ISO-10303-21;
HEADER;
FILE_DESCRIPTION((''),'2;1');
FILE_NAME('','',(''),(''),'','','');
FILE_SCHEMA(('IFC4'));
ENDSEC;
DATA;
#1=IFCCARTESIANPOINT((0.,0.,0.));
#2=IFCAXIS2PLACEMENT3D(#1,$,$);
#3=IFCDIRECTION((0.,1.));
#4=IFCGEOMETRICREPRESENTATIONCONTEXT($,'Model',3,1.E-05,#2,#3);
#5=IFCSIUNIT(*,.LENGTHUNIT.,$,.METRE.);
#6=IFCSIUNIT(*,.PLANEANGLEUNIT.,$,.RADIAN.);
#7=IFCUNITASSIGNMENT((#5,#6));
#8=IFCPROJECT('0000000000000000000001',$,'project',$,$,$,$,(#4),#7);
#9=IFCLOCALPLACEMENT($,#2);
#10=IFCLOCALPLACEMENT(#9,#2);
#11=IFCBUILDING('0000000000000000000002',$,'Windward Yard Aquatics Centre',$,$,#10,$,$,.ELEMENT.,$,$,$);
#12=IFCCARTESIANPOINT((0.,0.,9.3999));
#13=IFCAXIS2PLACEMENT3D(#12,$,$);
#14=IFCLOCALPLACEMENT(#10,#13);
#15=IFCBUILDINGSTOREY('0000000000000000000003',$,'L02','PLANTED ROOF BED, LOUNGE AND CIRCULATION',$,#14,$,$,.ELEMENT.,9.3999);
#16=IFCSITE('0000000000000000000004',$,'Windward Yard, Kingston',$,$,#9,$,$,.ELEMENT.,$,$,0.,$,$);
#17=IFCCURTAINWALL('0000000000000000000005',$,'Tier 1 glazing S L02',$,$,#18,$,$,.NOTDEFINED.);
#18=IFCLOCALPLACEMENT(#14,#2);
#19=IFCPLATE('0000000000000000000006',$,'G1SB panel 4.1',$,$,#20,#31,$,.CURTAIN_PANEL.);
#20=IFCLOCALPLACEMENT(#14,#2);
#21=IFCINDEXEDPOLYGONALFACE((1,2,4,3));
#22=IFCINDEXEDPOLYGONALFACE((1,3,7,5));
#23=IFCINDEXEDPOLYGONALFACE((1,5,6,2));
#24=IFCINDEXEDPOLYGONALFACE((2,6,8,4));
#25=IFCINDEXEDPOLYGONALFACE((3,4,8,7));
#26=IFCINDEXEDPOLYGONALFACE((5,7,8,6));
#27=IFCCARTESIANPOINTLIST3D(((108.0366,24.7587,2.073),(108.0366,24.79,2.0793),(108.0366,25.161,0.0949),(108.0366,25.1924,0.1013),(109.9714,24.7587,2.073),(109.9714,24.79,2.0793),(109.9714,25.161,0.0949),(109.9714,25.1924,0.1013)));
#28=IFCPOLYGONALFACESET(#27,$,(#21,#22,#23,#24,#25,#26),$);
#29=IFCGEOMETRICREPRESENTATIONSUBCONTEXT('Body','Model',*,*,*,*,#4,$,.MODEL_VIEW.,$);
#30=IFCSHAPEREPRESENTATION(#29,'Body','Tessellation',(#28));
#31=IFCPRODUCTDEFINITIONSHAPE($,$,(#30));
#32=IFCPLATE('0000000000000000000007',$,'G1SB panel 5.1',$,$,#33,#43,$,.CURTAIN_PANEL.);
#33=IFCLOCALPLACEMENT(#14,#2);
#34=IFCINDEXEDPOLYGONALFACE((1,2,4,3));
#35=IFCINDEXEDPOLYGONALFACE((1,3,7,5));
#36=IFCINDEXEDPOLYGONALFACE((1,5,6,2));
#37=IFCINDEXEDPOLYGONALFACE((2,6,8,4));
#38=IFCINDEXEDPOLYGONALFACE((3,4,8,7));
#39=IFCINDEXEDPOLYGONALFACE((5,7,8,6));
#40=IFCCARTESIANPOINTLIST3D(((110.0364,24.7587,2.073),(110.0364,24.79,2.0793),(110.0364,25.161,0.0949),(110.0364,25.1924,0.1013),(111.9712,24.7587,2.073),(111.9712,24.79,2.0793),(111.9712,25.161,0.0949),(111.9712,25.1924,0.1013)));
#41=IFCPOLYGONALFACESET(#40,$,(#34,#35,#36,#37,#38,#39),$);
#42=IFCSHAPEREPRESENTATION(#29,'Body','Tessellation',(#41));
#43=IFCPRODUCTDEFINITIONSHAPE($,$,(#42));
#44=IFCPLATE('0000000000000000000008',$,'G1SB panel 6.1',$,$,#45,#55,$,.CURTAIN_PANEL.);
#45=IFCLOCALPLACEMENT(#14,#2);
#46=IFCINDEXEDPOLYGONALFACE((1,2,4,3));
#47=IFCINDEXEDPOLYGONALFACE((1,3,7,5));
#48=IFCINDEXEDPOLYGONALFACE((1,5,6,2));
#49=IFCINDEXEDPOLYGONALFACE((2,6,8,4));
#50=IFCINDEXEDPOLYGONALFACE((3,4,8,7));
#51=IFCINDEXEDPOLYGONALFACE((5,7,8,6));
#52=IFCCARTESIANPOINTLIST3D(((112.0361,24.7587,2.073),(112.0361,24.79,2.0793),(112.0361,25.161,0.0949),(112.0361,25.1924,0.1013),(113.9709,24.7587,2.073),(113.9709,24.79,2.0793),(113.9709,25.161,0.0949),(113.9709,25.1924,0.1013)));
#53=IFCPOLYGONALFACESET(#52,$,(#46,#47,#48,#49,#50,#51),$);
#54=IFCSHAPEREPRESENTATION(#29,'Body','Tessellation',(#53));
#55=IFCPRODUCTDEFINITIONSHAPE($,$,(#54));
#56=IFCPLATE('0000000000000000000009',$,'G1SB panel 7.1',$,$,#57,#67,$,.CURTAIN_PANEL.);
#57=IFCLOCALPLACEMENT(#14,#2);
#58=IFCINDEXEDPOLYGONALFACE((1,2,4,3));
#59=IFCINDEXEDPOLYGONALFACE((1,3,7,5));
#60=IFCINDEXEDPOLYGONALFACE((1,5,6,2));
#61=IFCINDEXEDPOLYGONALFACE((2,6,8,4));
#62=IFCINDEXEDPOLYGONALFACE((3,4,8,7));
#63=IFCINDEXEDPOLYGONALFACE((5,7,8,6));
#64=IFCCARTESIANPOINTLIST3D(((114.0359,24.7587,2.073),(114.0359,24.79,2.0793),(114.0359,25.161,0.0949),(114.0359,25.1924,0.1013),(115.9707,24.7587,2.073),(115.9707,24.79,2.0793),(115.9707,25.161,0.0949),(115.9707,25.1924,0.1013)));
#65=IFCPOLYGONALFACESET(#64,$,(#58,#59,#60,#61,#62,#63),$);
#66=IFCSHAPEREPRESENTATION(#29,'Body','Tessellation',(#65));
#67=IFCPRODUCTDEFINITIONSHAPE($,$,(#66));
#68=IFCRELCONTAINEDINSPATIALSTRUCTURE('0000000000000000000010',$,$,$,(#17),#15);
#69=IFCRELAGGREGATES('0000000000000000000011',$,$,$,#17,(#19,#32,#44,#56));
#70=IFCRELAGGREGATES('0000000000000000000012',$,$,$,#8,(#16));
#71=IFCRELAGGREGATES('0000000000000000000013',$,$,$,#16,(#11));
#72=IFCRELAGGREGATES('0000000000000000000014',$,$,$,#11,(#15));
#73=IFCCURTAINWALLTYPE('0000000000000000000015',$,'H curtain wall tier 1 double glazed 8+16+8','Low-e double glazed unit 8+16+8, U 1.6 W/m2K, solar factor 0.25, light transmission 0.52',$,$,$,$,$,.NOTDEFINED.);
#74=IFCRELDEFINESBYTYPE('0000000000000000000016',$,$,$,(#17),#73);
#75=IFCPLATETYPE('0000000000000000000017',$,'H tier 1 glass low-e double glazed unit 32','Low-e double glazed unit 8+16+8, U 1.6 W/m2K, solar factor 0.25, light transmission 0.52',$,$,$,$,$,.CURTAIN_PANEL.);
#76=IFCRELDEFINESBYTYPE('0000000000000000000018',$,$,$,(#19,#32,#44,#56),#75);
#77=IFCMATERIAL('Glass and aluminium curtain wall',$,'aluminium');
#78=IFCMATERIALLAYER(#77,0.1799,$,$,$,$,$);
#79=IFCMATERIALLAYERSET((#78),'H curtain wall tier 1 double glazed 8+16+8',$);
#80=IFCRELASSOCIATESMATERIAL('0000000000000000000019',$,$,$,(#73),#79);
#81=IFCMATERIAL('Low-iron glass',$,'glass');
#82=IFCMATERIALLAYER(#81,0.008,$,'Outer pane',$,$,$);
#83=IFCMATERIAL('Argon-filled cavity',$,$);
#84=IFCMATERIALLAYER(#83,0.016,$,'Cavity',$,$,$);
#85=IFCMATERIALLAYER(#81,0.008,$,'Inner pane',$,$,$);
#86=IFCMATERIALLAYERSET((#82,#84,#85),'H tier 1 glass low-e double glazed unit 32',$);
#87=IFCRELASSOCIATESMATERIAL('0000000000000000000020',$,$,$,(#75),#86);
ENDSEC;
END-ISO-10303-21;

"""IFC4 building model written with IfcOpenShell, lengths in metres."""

from ifc_helpers import new_model, si_unit, direction, frame, origin, place, context, subcontext, project, spatial, polyline, outline, extrude, material, layer, layer_set, type_object, element, aggregate, save


model = new_model("IFC4")

# Units and contexts
model_context = context("Model", 3, precision=1e-05, world=origin(), true_north=direction((0.0, 1.0)))
body_context = subcontext(model_context, "Body", "Model", "MODEL_VIEW")
ifc_project = project(units=[si_unit("LENGTHUNIT", "METRE"), si_unit("PLANEANGLEUNIT", "RADIAN")], contexts=[model_context])

# Site, building, storey
site_placement = place(None, origin())
site = spatial("IfcSite", under=ifc_project, at=site_placement, Name="Windward Yard, Kingston", CompositionType="ELEMENT", RefElevation=0.0)
building_placement = place(site_placement, origin())
building = spatial("IfcBuilding", under=site, at=building_placement, Name="Windward Yard Aquatics Centre", CompositionType="ELEMENT")
storey_placement = place(building_placement, frame((0.0, 0.0, 9.3999)))
storey = spatial("IfcBuildingStorey", under=building, at=storey_placement, Name="L02", Description="PLANTED ROOF BED, LOUNGE AND CIRCULATION", CompositionType="ELEMENT", Elevation=9.3999)

# Curtain wall, plates
ifc_material_1 = material(Name="Glass and aluminium curtain wall", Category="aluminium")
ifc_layer_1 = layer(ifc_material_1, 0.1799)
ifc_layer_set_1 = layer_set([ifc_layer_1], Name="H curtain wall tier 1 double glazed 8+16+8")
curtain_wall_type = type_object("IfcCurtainWallType", Name="H curtain wall tier 1 double glazed 8+16+8", Description="Low-e double glazed unit 8+16+8, U 1.6 W/m2K, solar factor 0.25, light transmission 0.52", PredefinedType="NOTDEFINED", material=ifc_layer_set_1)
curtain_wall_placement = place(storey_placement, origin())
curtain_wall = element("IfcCurtainWall", 1, at=curtain_wall_placement, inside=storey, type_object=curtain_wall_type, Name="Tier 1 glazing S L02", PredefinedType="NOTDEFINED")
ifc_material_2 = material(Name="Low-iron glass", Category="glass")
ifc_layer_2 = layer(ifc_material_2, 0.008, Name="Outer pane")
ifc_material_3 = material(Name="Argon-filled cavity")
ifc_layer_3 = layer(ifc_material_3, 0.016, Name="Cavity")
ifc_layer_4 = layer(ifc_material_2, 0.008, Name="Inner pane")
ifc_layer_set_2 = layer_set([ifc_layer_2, ifc_layer_3, ifc_layer_4], Name="H tier 1 glass low-e double glazed unit 32")
plate_type = type_object("IfcPlateType", Name="H tier 1 glass low-e double glazed unit 32", Description="Low-e double glazed unit 8+16+8, U 1.6 W/m2K, solar factor 0.25, light transmission 0.52", PredefinedType="CURTAIN_PANEL", material=ifc_layer_set_2)
plate_1_placement = place(storey_placement, frame((108.0366, 24.79, 2.0793), z_axis=(0.0, 0.979933, 0.199325), x_axis=(0.0, 0.199325, -0.979933)))
plate_1 = element("IfcPlate", 2, at=plate_1_placement, type_object=plate_type, Name="G1SB panel 4.1", PredefinedType="CURTAIN_PANEL", context=body_context, shape_type="SweptSolid", body=[
    extrude(outline(polyline([(0.0, 0.0), (2.0185, 0.0), (2.0185, -1.9348), (0.0, -1.9348), (0.0, 0.0)])), origin(), (0.0, 0.0, -1.0), 0.032),
])
plate_2_placement = place(storey_placement, frame((110.0364, 24.79, 2.0793), z_axis=(0.0, 0.979933, 0.199325), x_axis=(0.0, 0.199325, -0.979933)))
plate_2 = element("IfcPlate", 3, at=plate_2_placement, type_object=plate_type, Name="G1SB panel 5.1", PredefinedType="CURTAIN_PANEL", context=body_context, shape_type="SweptSolid", body=[
    extrude(outline(polyline([(0.0, 0.0), (2.0185, 0.0), (2.0185, -1.9348), (0.0, -1.9348), (0.0, 0.0)])), origin(), (0.0, 0.0, -1.0), 0.032),
])
plate_3_placement = place(storey_placement, frame((112.0361, 24.79, 2.0793), z_axis=(0.0, 0.979933, 0.199325), x_axis=(0.0, 0.199325, -0.979933)))
plate_3 = element("IfcPlate", 4, at=plate_3_placement, type_object=plate_type, Name="G1SB panel 6.1", PredefinedType="CURTAIN_PANEL", context=body_context, shape_type="SweptSolid", body=[
    extrude(outline(polyline([(0.0, 0.0), (2.0185, 0.0), (2.0185, -1.9348), (0.0, -1.9348), (0.0, 0.0)])), origin(), (0.0, 0.0, -1.0), 0.032),
])
plate_4_placement = place(storey_placement, frame((114.0359, 24.79, 2.0793), z_axis=(0.0, 0.979933, 0.199325), x_axis=(0.0, 0.199325, -0.979933)))
plate_4 = element("IfcPlate", 5, at=plate_4_placement, type_object=plate_type, Name="G1SB panel 7.1", PredefinedType="CURTAIN_PANEL", context=body_context, shape_type="SweptSolid", body=[
    extrude(outline(polyline([(0.0, 0.0), (2.0185, 0.0), (2.0185, -1.9348), (0.0, -1.9348), (0.0, 0.0)])), origin(), (0.0, 0.0, -1.0), 0.032),
])
aggregate(curtain_wall, [plate_1, plate_2, plate_3, plate_4])

save(model, "model.ifc")
